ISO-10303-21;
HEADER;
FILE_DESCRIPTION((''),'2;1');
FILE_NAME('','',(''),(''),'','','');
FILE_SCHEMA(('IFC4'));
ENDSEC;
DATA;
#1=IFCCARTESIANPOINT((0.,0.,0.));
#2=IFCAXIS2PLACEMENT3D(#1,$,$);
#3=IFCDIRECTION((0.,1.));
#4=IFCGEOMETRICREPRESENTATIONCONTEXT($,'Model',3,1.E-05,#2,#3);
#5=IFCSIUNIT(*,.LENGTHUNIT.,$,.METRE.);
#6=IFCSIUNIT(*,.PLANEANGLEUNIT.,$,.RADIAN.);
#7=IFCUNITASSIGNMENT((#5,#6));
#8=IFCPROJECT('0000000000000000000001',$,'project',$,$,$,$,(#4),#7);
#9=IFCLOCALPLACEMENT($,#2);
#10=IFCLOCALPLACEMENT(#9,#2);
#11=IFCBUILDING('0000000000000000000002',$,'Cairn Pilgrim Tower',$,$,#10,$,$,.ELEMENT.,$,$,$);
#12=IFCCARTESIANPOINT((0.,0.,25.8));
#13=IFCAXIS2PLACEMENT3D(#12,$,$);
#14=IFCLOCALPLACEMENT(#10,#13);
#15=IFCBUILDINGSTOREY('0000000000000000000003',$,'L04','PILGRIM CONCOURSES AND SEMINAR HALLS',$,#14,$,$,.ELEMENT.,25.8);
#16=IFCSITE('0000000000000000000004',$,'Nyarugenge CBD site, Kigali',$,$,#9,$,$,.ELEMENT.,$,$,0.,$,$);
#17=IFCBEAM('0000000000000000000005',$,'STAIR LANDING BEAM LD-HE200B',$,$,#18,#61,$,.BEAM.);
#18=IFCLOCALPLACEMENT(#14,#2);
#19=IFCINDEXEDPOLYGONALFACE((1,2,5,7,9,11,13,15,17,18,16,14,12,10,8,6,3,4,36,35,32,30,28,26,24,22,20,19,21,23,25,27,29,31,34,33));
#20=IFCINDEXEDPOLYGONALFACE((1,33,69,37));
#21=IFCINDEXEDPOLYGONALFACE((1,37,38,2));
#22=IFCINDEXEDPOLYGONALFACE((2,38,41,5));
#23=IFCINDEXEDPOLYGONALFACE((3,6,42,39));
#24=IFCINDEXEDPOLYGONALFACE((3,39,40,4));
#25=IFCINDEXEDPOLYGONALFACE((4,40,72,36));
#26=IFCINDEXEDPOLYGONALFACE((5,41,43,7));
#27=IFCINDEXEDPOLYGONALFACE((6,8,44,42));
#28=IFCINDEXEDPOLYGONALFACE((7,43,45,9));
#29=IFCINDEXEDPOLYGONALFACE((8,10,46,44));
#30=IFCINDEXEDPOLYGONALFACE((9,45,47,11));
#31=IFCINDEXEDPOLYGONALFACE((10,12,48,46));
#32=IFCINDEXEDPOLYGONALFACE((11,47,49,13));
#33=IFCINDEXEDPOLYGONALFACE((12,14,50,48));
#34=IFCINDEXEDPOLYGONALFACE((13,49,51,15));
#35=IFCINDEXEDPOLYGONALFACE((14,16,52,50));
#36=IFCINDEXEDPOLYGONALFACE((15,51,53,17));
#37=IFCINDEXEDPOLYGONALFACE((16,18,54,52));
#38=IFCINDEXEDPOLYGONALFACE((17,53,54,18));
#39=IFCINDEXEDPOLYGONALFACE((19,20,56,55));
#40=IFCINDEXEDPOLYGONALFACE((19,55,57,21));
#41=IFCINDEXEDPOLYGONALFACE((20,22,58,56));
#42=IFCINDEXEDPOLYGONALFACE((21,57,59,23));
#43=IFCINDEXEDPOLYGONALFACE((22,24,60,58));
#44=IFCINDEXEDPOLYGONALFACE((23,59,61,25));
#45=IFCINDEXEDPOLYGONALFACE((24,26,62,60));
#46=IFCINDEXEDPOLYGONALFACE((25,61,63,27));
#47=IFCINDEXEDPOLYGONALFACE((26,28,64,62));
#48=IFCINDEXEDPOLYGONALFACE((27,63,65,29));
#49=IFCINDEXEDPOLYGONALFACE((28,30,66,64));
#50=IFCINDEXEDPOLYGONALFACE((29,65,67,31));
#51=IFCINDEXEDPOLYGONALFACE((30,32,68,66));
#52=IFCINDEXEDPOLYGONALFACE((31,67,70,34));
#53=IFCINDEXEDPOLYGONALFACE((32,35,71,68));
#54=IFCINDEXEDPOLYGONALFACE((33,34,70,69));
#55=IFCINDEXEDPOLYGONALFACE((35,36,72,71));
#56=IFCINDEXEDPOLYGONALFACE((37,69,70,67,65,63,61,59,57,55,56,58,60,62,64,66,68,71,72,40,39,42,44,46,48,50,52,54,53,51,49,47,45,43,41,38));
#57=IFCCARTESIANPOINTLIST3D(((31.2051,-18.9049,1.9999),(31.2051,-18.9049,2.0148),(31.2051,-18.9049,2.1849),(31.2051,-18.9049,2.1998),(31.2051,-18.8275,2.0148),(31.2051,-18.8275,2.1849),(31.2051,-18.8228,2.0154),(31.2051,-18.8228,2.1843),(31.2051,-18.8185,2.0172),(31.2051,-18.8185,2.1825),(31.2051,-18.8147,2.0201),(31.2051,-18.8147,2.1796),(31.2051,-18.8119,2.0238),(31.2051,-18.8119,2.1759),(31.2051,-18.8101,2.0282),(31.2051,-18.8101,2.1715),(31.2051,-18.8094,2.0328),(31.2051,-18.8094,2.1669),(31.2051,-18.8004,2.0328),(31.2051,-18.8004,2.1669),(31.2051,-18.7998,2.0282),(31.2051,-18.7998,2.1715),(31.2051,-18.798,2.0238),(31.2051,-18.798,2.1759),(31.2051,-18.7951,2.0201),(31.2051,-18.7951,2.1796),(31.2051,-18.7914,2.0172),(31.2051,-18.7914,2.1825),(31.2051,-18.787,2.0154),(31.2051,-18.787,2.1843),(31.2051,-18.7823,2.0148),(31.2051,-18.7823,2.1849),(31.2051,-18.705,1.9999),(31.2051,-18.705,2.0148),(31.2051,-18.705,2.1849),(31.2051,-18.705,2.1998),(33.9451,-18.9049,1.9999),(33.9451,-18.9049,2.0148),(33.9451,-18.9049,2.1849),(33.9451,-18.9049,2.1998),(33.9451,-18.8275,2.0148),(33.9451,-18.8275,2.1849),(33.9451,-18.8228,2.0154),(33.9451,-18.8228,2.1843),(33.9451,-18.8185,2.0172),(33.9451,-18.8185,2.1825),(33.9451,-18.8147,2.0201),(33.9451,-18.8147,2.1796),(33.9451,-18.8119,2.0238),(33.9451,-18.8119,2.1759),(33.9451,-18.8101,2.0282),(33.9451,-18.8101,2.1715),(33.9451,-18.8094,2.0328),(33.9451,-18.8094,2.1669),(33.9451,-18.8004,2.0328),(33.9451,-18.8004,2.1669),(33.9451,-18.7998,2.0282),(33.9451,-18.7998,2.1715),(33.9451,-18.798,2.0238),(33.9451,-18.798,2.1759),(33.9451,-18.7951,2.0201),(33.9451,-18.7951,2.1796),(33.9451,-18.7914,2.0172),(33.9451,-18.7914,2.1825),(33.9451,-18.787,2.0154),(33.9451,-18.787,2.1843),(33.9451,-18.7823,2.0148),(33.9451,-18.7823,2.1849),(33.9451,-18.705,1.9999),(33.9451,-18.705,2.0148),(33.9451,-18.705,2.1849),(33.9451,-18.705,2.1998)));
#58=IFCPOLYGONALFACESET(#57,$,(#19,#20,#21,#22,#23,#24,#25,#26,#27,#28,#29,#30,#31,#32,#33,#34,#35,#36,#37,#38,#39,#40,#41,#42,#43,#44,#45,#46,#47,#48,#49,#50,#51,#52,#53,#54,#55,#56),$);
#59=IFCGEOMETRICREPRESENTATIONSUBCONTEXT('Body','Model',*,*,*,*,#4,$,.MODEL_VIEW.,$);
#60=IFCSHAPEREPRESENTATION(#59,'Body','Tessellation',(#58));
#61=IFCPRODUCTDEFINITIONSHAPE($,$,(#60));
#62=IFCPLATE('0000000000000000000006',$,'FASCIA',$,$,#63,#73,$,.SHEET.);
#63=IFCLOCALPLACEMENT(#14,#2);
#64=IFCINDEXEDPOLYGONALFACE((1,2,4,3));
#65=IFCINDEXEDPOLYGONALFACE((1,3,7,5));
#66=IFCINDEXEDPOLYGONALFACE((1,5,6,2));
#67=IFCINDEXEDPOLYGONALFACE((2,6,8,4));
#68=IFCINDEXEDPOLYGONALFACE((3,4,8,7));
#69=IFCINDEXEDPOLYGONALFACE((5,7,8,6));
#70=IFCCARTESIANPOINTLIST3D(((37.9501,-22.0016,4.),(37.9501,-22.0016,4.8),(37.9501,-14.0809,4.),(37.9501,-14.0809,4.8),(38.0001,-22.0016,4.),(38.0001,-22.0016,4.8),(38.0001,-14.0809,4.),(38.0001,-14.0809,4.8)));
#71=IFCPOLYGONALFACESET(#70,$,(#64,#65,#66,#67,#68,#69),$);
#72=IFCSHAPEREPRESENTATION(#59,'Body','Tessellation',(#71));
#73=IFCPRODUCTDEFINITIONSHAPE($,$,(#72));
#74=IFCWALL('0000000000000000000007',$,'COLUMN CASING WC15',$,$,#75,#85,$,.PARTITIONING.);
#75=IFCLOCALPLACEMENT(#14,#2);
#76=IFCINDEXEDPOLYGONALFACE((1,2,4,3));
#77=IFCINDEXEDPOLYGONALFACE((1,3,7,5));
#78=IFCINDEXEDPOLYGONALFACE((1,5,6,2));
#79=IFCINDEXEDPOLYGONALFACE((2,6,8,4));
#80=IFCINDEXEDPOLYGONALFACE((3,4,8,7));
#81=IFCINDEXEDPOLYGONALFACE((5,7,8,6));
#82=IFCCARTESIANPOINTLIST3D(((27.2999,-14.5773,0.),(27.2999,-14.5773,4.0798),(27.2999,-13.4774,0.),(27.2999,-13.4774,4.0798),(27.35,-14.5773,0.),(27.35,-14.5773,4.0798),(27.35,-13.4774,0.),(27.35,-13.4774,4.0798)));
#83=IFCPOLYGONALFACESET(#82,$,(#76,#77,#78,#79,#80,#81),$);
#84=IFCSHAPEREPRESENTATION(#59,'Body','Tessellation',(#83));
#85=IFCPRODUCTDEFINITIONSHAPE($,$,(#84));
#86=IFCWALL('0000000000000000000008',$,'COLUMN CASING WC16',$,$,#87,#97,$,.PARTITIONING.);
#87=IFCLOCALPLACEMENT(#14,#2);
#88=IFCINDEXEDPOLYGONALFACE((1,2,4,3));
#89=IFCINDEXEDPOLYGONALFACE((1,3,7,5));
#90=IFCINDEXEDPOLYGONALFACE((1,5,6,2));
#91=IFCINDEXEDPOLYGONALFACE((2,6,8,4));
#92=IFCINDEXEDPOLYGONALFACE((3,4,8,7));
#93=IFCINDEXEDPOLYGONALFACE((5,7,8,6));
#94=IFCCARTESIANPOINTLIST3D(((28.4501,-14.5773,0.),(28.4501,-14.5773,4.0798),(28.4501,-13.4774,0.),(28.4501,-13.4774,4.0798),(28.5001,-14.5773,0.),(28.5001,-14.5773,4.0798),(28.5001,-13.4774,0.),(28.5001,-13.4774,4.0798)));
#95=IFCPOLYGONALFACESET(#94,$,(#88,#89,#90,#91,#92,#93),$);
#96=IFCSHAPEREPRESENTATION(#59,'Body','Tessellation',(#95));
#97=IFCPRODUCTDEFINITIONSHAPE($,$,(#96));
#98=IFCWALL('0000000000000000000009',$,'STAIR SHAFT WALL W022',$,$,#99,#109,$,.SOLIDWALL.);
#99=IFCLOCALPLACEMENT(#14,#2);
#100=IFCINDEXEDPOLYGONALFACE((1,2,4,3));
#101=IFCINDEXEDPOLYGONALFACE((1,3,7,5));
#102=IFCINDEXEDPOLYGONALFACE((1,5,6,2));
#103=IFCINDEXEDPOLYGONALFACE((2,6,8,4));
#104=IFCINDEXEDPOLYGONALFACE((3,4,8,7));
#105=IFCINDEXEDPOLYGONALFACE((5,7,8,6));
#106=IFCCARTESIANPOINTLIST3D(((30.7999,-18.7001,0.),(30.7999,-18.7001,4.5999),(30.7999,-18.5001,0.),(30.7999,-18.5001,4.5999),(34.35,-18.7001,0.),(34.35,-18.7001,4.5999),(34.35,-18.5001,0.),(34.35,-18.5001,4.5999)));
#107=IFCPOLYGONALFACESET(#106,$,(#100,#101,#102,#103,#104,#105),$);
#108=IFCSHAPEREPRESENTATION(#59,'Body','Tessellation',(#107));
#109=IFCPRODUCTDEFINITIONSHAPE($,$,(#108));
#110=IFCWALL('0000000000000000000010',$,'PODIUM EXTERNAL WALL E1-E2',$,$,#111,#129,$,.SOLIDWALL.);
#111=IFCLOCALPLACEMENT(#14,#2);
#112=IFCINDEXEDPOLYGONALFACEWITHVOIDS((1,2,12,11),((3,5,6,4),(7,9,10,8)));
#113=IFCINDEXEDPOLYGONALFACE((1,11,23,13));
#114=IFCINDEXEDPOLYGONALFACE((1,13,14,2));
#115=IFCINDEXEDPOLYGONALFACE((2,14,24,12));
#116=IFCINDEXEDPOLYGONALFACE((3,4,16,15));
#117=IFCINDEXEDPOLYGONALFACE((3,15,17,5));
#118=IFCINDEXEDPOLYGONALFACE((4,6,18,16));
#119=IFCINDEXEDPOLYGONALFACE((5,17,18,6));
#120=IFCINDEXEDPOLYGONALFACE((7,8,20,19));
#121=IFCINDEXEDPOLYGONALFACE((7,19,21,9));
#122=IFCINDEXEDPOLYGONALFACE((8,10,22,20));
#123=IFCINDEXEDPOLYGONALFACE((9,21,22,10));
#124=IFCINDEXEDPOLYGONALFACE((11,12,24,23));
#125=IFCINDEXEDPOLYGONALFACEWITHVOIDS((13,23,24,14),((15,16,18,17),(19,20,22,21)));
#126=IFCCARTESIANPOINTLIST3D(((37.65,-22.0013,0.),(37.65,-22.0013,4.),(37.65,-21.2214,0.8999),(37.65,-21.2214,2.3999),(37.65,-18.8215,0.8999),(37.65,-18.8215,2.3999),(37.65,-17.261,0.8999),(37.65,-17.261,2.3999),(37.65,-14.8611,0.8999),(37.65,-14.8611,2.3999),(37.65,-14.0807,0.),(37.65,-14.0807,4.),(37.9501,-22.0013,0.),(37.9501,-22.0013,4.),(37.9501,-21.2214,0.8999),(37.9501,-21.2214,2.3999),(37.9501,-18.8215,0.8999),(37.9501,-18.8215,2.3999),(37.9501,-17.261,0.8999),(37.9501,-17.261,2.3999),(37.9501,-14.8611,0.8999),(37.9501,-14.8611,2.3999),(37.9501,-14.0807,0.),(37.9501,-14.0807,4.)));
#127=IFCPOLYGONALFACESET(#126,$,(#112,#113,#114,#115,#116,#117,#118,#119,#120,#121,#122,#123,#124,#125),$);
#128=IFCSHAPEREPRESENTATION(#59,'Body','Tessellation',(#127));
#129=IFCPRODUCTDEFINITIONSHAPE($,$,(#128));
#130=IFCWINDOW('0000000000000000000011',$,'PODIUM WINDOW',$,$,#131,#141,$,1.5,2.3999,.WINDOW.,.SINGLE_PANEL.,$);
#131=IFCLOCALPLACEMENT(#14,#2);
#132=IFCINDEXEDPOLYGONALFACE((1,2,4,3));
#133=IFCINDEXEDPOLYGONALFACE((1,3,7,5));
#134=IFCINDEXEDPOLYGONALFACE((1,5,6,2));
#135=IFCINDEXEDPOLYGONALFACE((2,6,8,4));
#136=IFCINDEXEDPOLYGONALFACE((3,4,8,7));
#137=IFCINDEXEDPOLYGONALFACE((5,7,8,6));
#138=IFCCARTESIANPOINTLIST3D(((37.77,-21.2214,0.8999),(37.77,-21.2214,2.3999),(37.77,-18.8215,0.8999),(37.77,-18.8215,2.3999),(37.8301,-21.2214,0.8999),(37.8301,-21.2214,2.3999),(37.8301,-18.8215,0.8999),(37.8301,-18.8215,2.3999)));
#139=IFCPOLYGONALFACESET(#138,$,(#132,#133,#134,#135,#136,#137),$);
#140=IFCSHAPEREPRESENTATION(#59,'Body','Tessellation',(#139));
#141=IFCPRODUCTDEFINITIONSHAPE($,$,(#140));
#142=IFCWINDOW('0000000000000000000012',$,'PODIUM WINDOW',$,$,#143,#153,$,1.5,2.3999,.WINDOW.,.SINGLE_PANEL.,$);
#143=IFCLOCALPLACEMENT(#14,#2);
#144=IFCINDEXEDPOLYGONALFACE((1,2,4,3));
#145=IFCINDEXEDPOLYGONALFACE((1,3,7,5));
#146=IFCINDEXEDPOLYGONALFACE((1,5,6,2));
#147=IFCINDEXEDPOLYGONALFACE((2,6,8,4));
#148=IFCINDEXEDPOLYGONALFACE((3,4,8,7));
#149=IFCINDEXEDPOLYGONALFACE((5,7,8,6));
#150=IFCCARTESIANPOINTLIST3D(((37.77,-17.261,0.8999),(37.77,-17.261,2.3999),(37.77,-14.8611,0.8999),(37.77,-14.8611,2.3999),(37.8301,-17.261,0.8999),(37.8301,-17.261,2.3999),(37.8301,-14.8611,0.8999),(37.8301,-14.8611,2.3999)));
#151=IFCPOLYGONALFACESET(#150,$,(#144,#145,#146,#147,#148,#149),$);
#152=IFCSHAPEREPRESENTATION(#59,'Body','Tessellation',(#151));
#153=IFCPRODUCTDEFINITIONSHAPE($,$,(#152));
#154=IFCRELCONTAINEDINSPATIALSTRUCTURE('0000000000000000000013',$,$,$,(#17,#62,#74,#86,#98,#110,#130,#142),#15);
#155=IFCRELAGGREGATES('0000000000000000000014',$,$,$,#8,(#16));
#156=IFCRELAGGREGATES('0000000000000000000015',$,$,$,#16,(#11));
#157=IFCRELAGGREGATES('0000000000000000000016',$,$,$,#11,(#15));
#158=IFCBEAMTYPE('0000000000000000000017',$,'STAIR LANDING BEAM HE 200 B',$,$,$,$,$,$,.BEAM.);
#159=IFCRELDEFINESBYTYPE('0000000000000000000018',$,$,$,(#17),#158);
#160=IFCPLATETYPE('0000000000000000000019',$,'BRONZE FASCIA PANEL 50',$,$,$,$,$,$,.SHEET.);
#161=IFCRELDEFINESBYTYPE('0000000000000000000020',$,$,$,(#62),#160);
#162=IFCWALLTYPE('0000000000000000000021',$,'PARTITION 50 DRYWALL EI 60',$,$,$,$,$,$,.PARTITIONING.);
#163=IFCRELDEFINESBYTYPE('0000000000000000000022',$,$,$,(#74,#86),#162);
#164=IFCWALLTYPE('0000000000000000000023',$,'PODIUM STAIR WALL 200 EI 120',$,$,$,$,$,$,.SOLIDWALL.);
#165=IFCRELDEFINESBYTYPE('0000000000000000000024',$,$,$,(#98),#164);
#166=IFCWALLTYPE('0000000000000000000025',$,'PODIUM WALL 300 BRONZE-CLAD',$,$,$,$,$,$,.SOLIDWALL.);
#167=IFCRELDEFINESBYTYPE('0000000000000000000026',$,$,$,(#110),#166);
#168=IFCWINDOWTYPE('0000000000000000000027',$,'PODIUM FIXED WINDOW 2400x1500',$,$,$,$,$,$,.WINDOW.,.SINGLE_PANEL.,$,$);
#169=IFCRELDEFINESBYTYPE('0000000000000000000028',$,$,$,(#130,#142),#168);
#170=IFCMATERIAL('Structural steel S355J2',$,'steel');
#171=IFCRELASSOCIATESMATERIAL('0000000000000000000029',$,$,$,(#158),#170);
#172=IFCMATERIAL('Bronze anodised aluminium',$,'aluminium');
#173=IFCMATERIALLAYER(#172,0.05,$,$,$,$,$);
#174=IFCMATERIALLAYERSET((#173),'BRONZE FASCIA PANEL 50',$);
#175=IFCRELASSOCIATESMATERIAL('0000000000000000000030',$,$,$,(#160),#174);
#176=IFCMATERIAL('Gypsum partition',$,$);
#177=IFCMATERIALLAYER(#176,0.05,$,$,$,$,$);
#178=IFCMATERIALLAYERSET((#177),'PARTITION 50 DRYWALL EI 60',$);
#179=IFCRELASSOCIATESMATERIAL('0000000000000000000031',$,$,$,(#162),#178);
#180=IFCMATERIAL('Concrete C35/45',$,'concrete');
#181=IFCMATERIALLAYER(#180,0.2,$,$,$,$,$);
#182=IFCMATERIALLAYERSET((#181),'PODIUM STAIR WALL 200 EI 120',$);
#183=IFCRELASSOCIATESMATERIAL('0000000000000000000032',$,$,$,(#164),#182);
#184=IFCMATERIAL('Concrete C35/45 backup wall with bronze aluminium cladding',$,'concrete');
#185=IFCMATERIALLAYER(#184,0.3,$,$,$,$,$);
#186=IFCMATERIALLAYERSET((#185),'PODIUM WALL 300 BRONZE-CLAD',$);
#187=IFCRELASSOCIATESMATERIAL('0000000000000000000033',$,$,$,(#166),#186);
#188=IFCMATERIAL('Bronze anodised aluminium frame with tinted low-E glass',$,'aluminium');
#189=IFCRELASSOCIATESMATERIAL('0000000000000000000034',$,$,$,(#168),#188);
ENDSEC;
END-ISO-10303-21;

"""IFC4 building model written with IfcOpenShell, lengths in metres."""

from ifc_helpers import new_model, si_unit, direction, frame, frame_2d, origin, origin_2d, place, context, subcontext, project, spatial, rectangle, i_section, extrude, material, layer, layer_set, material_profile, profile_set, type_object, element, fill, save


model = new_model("IFC4")

# Units and contexts
model_context = context("Model", 3, precision=1e-05, world=origin(), true_north=direction((0.0, 1.0)))
body_context = subcontext(model_context, "Body", "Model", "MODEL_VIEW")
ifc_project = project(units=[si_unit("LENGTHUNIT", "METRE"), si_unit("PLANEANGLEUNIT", "RADIAN")], contexts=[model_context])

# Site, building, storey
site_placement = place(None, origin())
site = spatial("IfcSite", under=ifc_project, at=site_placement, Name="Nyarugenge CBD site, Kigali", CompositionType="ELEMENT", RefElevation=0.0)
building_placement = place(site_placement, origin())
building = spatial("IfcBuilding", under=site, at=building_placement, Name="Cairn Pilgrim Tower", CompositionType="ELEMENT")
storey_placement = place(building_placement, frame((0.0, 0.0, 25.8)))
storey = spatial("IfcBuildingStorey", under=building, at=storey_placement, Name="L04", Description="PILGRIM CONCOURSES AND SEMINAR HALLS", CompositionType="ELEMENT", Elevation=25.8)

# Shared definitions
ifc_material_1 = material(Name="Structural steel S355J2", Category="steel")

# Beam
ifc_material_profile_1 = material_profile(ifc_material_1, i_section(OverallWidth=0.2, OverallDepth=0.2, WebThickness=0.009, FlangeThickness=0.0149, FilletRadius=0.0181, at=origin_2d()), Name="HE 200 B")
ifc_profile_set_1 = profile_set([ifc_material_profile_1], Name="Structural steel S355J2")
beam_type_1 = type_object("IfcBeamType", Name="STAIR LANDING BEAM HE 200 B", PredefinedType="BEAM", material=ifc_profile_set_1)
beam_1_placement = place(storey_placement, frame((31.2051, -18.8049, 2.0999), z_axis=(1.0, 0.0, 0.0), x_axis=(0.0, 1.0, 0.0)))
element("IfcBeam", 1, at=beam_1_placement, inside=storey, type_object=beam_type_1, Name="STAIR LANDING BEAM LD-HE200B", PredefinedType="BEAM", context=body_context, shape_type="SweptSolid", body=[
    extrude(i_section(OverallWidth=0.2, OverallDepth=0.2, WebThickness=0.009, FlangeThickness=0.0149, FilletRadius=0.0181, at=origin_2d()), origin(), (0.0, 0.0, 1.0), 2.74),
])

# Plate
ifc_material_2 = material(Name="Bronze anodised aluminium", Category="aluminium")
ifc_layer_1 = layer(ifc_material_2, 0.05)
ifc_layer_set_1 = layer_set([ifc_layer_1], Name="BRONZE FASCIA PANEL 50")
plate_type = type_object("IfcPlateType", Name="BRONZE FASCIA PANEL 50", PredefinedType="SHEET", material=ifc_layer_set_1)
plate_placement = place(storey_placement, frame((37.9751, -18.0413, 4.0), z_axis=(0.0, 0.0, 1.0), x_axis=(0.0, 1.0, 0.0)))
element("IfcPlate", 2, at=plate_placement, inside=storey, type_object=plate_type, Name="FASCIA", PredefinedType="SHEET", context=body_context, shape_type="SweptSolid", body=[
    extrude(rectangle(XDim=7.9207, YDim=0.05, at=origin_2d()), origin(), (0.0, 0.0, 1.0), 0.8),
])

# Walls
ifc_material_3 = material(Name="Gypsum partition")
ifc_layer_2 = layer(ifc_material_3, 0.05)
ifc_layer_set_2 = layer_set([ifc_layer_2], Name="PARTITION 50 DRYWALL EI 60")
wall_type_1 = type_object("IfcWallType", Name="PARTITION 50 DRYWALL EI 60", PredefinedType="PARTITIONING", material=ifc_layer_set_2)
for number, where, z_axis, x_axis, name in (
    (3, (27.325, -14.5771, 0.0), (0.0, 0.0, 1.0), (0.0, 1.0, 0.0), "COLUMN CASING WC15"),
    (4, (28.4751, -14.5771, 0.0), (0.0, 0.0, 1.0), (0.0, 1.0, 0.0), "COLUMN CASING WC16"),
):
    element("IfcWall", number, at=place(storey_placement, frame(where, z_axis=z_axis, x_axis=x_axis)), inside=storey, type_object=wall_type_1, Name=name, PredefinedType="PARTITIONING", context=body_context, shape_type="SweptSolid", body=[
        extrude(rectangle(XDim=1.0999, YDim=0.05, at=frame_2d((0.5498, 0.0))), origin(), (0.0, 0.0, 1.0), 4.0798),
    ])
ifc_material_4 = material(Name="Concrete C35/45", Category="concrete")
ifc_layer_3 = layer(ifc_material_4, 0.2)
ifc_layer_set_3 = layer_set([ifc_layer_3], Name="PODIUM STAIR WALL 200 EI 120")
wall_type_2 = type_object("IfcWallType", Name="PODIUM STAIR WALL 200 EI 120", PredefinedType="SOLIDWALL", material=ifc_layer_set_3)
wall_1_placement = place(storey_placement, frame((30.8, -18.6001, 0.0), z_axis=(0.0, 0.0, 1.0), x_axis=(1.0, 0.0, 0.0)))
element("IfcWall", 5, at=wall_1_placement, inside=storey, type_object=wall_type_2, Name="STAIR SHAFT WALL W022", PredefinedType="SOLIDWALL", context=body_context, shape_type="SweptSolid", body=[
    extrude(rectangle(XDim=3.55, YDim=0.2, at=frame_2d((1.7749, 0.0))), origin(), (0.0, 0.0, 1.0), 4.5999),
])

# Wall, openings, windows
ifc_material_5 = material(Name="Concrete C35/45 backup wall with bronze aluminium cladding", Category="concrete")
ifc_layer_4 = layer(ifc_material_5, 0.3)
ifc_layer_set_4 = layer_set([ifc_layer_4], Name="PODIUM WALL 300 BRONZE-CLAD")
wall_type_3 = type_object("IfcWallType", Name="PODIUM WALL 300 BRONZE-CLAD", PredefinedType="SOLIDWALL", material=ifc_layer_set_4)
wall_2_placement = place(storey_placement, frame((37.8, -22.0015, 0.0), z_axis=(0.0, 0.0, 1.0), x_axis=(0.0, 1.0, 0.0)))
wall_2 = element("IfcWall", 6, at=wall_2_placement, inside=storey, type_object=wall_type_3, Name="PODIUM EXTERNAL WALL E1-E2", PredefinedType="SOLIDWALL", context=body_context, shape_type="SweptSolid", body=[
    extrude(rectangle(XDim=7.9207, YDim=0.3, at=frame_2d((3.9604, 0.0))), origin(), (0.0, 0.0, 1.0), 4.0),
])
opening_1_placement = place(wall_2_placement, frame((0.78, 0.0, 0.8999)))
opening_1 = element("IfcOpeningElement", 7, at=opening_1_placement, cuts=wall_2, PredefinedType="OPENING", context=body_context, shape_type="SweptSolid", body=[
    extrude(rectangle(XDim=2.3999, YDim=1.5, at=frame_2d((1.2, 0.75))), frame((0.0, 0.1602, 0.0), z_axis=(0.0, -1.0, 0.0), x_axis=(1.0, 0.0, 0.0)), (0.0, 0.0, 1.0), 0.3201),
])
opening_2_placement = place(wall_2_placement, frame((4.7405, 0.0, 0.8999)))
opening_2 = element("IfcOpeningElement", 8, at=opening_2_placement, cuts=wall_2, PredefinedType="OPENING", context=body_context, shape_type="SweptSolid", body=[
    extrude(rectangle(XDim=2.3999, YDim=1.5, at=frame_2d((1.2, 0.75))), frame((0.0, 0.1602, 0.0), z_axis=(0.0, -1.0, 0.0), x_axis=(1.0, 0.0, 0.0)), (0.0, 0.0, 1.0), 0.3201),
])
ifc_material_6 = material(Name="Bronze anodised aluminium frame with tinted low-E glass", Category="aluminium")
window_type = type_object("IfcWindowType", Name="PODIUM FIXED WINDOW 2400x1500", PartitioningType="SINGLE_PANEL", PredefinedType="WINDOW", material=ifc_material_6)
window_1_placement = place(opening_1_placement, origin())
window_1 = element("IfcWindow", 9, at=window_1_placement, inside=storey, type_object=window_type, Name="PODIUM WINDOW", OverallHeight=1.5, OverallWidth=2.3999, PartitioningType="SINGLE_PANEL", PredefinedType="WINDOW", context=body_context, shape_type="SweptSolid", body=[
    extrude(rectangle(XDim=2.3999, YDim=1.5, at=frame_2d((1.2, 0.75))), frame((0.0, 0.03, 0.0), z_axis=(0.0, -1.0, 0.0), x_axis=(1.0, 0.0, 0.0)), (0.0, 0.0, 1.0), 0.0601),
])
fill(opening_1, window_1)
window_2_placement = place(opening_2_placement, origin())
window_2 = element("IfcWindow", 10, at=window_2_placement, inside=storey, type_object=window_type, Name="PODIUM WINDOW", OverallHeight=1.5, OverallWidth=2.3999, PartitioningType="SINGLE_PANEL", PredefinedType="WINDOW", context=body_context, shape_type="SweptSolid", body=[
    extrude(rectangle(XDim=2.3999, YDim=1.5, at=frame_2d((1.2, 0.75))), frame((0.0, 0.03, 0.0), z_axis=(0.0, -1.0, 0.0), x_axis=(1.0, 0.0, 0.0)), (0.0, 0.0, 1.0), 0.0601),
])
fill(opening_2, window_2)

save(model, "model.ifc")
